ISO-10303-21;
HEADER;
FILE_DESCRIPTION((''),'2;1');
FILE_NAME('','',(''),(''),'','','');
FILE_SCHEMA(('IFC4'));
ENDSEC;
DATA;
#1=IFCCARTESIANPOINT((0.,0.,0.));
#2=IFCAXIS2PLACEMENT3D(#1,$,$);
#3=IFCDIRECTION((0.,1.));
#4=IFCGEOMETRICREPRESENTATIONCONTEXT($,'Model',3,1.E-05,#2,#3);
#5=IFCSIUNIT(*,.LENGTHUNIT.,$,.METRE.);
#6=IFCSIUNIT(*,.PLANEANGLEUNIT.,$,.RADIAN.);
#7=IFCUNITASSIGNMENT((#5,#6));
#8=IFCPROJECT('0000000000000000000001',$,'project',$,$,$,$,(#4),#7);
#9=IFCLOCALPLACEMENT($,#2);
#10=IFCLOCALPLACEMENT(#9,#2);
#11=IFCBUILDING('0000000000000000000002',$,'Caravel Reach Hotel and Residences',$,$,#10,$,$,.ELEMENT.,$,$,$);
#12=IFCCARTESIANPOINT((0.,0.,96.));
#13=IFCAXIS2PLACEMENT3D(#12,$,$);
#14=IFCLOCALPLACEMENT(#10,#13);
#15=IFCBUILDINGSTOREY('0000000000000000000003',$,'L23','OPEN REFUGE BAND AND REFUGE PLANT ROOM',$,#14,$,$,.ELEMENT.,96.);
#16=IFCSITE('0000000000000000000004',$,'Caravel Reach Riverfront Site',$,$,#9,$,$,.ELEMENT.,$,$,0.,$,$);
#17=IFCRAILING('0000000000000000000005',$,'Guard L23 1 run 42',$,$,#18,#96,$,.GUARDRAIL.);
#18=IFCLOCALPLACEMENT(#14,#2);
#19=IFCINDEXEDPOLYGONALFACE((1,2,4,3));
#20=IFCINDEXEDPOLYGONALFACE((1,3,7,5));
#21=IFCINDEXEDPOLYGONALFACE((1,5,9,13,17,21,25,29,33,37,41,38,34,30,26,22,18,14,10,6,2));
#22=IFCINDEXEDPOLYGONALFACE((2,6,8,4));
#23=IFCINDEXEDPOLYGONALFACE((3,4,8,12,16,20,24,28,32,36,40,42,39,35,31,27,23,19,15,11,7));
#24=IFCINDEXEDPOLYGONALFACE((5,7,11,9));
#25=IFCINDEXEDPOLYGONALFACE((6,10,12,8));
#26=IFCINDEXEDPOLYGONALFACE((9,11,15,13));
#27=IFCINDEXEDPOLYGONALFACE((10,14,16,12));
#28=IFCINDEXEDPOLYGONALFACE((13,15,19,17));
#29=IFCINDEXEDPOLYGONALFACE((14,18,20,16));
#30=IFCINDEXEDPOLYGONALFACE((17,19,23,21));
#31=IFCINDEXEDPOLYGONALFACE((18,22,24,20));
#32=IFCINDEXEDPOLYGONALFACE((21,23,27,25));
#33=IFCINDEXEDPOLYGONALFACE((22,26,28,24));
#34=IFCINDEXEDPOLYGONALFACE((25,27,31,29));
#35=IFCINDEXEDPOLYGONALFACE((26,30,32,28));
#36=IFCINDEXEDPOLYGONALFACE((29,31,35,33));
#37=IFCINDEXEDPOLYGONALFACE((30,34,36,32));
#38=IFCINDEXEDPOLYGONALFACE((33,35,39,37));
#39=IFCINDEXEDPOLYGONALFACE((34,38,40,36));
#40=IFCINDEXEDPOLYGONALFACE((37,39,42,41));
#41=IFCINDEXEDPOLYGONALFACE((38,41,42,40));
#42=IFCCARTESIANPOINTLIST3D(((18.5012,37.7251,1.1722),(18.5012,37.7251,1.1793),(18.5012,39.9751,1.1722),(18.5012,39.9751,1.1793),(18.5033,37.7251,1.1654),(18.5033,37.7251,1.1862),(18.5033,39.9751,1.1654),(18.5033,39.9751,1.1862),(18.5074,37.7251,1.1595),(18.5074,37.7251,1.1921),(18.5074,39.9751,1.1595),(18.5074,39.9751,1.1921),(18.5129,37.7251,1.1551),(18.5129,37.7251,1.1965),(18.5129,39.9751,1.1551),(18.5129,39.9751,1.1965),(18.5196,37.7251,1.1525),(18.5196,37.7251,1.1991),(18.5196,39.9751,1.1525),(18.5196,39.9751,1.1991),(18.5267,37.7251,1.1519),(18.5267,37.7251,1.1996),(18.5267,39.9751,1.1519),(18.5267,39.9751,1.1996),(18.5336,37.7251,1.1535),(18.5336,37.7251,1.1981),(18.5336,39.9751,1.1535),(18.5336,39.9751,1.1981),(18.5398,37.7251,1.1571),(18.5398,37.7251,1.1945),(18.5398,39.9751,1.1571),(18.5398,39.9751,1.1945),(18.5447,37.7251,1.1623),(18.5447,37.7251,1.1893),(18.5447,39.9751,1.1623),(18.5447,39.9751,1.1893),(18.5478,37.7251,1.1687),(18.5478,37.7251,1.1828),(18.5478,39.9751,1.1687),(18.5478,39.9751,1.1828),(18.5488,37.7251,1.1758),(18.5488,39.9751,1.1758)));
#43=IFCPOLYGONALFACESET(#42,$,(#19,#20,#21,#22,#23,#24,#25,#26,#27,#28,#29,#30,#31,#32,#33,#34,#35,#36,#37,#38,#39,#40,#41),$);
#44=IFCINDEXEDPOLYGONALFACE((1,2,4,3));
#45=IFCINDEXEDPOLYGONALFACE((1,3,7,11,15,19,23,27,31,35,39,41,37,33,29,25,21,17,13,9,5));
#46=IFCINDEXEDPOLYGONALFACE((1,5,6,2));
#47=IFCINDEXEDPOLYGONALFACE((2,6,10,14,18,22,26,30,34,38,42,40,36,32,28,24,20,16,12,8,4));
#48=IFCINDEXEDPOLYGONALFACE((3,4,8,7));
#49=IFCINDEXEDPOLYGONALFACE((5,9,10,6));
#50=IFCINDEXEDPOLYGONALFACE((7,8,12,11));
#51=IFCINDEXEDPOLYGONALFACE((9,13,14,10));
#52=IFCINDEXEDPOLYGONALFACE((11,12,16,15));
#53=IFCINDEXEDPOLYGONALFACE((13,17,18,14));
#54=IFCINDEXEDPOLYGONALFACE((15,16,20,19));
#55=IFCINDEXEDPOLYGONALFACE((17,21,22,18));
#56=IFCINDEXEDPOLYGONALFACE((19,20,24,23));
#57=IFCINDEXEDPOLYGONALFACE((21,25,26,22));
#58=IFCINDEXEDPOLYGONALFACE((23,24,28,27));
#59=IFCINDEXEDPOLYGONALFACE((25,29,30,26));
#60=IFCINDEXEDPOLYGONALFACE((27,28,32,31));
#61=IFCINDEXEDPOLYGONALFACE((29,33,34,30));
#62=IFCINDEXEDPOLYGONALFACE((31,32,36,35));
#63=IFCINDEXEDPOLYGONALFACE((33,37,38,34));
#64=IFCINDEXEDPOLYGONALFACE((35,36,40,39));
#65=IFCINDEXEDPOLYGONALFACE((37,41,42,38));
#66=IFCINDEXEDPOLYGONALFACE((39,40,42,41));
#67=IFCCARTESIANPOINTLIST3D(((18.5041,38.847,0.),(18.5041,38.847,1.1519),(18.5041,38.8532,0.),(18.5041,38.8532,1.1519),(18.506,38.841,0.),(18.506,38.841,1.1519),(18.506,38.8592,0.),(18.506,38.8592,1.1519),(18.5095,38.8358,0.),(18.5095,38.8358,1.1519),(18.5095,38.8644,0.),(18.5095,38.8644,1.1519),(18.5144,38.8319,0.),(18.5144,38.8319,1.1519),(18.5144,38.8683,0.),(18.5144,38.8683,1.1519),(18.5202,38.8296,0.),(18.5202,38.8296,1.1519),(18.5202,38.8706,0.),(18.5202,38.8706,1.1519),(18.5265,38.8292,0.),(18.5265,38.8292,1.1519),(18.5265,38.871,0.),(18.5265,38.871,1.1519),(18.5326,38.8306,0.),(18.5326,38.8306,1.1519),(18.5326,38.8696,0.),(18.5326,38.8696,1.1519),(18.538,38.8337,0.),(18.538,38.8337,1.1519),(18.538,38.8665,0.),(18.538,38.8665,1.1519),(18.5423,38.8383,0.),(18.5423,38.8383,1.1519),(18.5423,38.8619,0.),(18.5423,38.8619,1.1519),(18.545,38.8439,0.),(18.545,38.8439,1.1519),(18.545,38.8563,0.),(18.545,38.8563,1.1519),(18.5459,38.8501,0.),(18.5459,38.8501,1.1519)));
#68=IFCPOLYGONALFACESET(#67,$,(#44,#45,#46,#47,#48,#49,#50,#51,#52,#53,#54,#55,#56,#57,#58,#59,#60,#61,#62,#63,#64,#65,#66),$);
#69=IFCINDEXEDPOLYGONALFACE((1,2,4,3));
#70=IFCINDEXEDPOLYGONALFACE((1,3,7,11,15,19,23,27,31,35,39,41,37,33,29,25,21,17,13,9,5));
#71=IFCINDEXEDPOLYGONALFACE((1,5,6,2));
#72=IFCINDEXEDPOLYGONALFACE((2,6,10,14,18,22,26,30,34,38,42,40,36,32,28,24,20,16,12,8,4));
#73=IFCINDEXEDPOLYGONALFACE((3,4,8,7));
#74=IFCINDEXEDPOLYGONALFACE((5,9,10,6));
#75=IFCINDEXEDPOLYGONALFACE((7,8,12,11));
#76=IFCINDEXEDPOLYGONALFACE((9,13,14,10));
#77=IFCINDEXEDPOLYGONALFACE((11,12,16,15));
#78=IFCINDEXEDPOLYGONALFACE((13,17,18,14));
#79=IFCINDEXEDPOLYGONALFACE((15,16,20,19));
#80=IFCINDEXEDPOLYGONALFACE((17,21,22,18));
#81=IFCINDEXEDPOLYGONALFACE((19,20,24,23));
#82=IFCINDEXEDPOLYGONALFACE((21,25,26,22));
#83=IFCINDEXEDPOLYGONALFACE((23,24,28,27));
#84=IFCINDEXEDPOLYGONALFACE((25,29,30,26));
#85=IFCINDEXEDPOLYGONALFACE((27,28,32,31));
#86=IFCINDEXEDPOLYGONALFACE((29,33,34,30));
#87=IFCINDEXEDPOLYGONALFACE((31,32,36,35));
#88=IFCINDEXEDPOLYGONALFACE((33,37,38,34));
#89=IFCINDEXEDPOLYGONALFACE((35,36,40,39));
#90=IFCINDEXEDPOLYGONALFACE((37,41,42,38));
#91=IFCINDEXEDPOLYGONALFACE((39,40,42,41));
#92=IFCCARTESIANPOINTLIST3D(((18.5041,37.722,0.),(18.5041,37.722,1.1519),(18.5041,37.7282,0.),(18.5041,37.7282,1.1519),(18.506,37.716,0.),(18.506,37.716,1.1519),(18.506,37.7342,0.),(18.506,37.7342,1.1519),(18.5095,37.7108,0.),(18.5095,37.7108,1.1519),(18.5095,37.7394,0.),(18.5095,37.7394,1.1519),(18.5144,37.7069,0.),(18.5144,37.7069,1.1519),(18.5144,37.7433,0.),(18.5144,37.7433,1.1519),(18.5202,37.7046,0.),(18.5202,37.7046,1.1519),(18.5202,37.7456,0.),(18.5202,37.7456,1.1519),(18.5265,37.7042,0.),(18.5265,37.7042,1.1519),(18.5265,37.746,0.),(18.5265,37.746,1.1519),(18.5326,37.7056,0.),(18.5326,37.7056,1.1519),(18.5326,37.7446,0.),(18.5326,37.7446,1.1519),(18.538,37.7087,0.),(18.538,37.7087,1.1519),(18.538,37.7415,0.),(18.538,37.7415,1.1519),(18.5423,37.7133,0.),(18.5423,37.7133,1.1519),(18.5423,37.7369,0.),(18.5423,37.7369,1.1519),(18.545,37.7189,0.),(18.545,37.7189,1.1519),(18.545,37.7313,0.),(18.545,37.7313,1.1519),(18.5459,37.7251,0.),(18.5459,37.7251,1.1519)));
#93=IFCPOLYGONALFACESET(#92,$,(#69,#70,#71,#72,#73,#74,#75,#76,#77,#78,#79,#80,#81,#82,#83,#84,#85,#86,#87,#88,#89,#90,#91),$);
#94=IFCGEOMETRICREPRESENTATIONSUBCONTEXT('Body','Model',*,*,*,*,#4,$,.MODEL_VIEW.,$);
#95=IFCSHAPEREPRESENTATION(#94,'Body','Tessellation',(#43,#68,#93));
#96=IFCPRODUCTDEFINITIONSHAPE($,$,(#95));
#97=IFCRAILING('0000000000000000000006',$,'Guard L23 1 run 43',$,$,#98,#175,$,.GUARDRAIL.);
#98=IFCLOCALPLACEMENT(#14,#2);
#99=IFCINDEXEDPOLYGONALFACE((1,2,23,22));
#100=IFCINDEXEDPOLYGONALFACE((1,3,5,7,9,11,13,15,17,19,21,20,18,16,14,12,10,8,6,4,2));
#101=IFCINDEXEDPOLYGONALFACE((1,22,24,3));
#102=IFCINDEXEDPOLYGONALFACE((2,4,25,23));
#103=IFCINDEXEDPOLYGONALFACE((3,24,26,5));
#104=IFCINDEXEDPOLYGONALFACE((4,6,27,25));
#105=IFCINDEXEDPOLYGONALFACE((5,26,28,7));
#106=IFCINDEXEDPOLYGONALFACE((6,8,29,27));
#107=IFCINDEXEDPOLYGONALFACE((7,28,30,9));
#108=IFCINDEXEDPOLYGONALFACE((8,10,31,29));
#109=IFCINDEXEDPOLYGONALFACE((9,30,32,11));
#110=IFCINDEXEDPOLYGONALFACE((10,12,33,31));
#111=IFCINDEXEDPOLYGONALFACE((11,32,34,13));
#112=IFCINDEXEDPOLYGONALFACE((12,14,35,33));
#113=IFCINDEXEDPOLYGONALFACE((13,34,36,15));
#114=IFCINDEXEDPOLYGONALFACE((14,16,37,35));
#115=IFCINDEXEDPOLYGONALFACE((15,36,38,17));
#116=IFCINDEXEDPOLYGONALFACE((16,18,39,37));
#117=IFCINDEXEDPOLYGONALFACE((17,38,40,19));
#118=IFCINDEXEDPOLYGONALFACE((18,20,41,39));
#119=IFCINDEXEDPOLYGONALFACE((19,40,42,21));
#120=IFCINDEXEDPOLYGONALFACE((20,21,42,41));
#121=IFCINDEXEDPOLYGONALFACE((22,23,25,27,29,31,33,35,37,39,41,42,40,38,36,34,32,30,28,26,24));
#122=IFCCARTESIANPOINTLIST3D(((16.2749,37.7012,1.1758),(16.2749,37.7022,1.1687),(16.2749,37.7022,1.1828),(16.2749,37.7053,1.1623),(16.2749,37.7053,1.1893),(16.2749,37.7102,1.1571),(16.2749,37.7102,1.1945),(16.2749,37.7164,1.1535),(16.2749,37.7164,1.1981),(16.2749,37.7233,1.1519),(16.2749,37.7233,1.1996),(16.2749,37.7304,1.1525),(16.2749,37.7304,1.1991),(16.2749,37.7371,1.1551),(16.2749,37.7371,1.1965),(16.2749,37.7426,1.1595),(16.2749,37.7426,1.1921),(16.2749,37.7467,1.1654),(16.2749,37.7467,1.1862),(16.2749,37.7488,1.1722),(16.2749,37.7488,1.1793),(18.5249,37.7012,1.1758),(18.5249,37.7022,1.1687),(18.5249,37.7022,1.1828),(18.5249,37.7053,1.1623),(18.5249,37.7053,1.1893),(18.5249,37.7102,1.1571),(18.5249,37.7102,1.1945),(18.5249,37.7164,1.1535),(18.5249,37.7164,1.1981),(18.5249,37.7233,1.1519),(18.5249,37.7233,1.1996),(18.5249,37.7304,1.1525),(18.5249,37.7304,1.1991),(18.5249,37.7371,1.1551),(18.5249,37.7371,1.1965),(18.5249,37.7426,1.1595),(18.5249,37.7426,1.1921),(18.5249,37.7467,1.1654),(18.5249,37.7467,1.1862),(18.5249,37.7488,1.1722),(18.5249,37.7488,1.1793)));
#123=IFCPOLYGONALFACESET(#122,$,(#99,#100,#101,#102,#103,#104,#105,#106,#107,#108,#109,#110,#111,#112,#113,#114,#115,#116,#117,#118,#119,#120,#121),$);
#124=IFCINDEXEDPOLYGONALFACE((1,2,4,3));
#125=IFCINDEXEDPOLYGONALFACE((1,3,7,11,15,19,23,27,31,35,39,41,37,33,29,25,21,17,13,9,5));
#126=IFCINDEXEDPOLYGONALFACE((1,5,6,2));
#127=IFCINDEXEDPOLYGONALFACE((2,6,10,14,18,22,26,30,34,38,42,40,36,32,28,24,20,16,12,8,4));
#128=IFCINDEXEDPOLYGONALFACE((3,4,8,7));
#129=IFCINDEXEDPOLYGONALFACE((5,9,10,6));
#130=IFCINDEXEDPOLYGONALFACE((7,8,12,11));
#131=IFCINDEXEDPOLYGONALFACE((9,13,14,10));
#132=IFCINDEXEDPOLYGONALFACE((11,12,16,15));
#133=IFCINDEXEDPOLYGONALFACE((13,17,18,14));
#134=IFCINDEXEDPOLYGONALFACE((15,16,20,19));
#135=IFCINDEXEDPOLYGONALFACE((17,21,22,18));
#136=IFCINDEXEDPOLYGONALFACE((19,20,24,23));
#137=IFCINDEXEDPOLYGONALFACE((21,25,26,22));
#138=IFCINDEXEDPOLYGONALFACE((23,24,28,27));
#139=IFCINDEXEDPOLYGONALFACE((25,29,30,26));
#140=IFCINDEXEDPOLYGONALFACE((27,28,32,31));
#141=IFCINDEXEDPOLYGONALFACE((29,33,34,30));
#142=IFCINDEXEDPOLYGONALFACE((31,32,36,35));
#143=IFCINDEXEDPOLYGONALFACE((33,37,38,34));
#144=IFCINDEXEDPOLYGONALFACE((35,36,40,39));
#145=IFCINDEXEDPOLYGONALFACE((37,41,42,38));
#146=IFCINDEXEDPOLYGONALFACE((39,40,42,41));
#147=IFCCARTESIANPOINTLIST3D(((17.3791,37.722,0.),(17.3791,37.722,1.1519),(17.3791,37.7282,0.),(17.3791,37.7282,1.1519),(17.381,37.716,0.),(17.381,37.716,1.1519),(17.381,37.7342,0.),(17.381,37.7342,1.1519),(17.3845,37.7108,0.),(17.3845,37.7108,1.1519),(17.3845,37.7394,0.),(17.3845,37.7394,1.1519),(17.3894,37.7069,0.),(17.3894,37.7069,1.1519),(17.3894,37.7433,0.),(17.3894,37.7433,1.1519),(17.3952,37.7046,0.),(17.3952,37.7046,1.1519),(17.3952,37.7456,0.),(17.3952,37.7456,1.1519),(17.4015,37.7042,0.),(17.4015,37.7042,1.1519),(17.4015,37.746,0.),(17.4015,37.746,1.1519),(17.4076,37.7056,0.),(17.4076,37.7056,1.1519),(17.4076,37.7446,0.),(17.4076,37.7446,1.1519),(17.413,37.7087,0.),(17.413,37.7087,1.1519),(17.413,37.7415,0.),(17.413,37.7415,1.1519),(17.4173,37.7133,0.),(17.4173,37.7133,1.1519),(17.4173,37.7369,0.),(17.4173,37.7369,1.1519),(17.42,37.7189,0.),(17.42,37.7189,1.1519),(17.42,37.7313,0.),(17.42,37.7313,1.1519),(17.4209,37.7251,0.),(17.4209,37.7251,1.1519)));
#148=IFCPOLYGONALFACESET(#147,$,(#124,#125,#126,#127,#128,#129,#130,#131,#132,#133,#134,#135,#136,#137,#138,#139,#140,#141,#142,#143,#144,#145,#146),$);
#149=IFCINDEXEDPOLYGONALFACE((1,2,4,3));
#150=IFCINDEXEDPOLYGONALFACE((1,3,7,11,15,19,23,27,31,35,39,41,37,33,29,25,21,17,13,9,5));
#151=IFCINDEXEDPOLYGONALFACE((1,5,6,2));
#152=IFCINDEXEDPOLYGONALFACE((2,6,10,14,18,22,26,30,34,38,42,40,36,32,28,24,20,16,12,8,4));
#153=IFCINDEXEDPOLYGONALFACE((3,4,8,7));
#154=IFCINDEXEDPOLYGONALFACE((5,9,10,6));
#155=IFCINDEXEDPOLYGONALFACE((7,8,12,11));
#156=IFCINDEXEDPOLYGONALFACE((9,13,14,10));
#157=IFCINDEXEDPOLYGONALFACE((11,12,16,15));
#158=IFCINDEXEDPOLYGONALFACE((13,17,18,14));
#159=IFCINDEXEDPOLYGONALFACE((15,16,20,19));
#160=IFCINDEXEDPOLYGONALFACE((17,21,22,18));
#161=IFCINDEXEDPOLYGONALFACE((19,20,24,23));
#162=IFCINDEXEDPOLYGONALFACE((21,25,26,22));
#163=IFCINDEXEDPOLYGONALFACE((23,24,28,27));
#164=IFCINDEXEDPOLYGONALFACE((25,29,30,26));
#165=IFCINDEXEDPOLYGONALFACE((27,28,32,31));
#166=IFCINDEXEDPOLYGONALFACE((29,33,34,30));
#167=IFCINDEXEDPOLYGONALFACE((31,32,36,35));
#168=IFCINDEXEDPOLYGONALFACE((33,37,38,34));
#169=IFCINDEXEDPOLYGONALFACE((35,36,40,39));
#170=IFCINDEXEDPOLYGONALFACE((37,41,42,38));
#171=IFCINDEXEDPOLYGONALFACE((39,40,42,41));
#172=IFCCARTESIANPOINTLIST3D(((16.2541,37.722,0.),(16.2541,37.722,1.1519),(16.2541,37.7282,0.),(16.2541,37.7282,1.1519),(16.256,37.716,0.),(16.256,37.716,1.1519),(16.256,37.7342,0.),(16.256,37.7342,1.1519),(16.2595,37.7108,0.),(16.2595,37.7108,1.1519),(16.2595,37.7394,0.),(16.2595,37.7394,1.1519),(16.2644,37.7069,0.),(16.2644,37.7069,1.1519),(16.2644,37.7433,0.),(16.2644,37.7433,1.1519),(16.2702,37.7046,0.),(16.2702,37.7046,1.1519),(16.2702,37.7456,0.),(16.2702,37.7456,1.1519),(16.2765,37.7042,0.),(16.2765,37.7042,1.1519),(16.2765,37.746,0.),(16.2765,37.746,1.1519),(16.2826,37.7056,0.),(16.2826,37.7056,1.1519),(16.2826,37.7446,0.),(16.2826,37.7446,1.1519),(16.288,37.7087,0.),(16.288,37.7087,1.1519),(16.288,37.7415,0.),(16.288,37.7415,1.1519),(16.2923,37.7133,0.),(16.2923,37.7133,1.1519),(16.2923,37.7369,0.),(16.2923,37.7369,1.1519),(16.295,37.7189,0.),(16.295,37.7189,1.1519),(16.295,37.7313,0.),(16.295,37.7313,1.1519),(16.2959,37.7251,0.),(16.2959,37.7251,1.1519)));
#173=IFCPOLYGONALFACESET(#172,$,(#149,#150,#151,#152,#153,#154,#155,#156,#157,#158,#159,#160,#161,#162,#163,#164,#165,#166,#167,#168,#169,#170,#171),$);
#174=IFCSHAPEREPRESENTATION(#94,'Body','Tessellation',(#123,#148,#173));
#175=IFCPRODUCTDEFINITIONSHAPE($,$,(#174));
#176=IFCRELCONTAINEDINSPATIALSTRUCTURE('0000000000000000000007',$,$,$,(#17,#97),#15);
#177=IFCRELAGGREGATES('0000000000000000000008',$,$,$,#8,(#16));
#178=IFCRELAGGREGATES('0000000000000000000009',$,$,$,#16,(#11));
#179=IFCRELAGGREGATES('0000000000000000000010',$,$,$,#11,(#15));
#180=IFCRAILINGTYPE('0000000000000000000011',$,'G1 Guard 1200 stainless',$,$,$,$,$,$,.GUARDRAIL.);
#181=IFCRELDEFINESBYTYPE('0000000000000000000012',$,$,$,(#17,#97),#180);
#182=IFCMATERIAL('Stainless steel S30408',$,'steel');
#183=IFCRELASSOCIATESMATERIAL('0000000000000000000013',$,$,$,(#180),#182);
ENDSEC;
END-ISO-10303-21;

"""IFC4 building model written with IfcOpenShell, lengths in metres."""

from ifc_helpers import new_model, si_unit, direction, frame, origin, origin_2d, place, context, subcontext, project, spatial, circle, extrude, material, type_object, element, save


model = new_model("IFC4")

# Units and contexts
model_context = context("Model", 3, precision=1e-05, world=origin(), true_north=direction((0.0, 1.0)))
body_context = subcontext(model_context, "Body", "Model", "MODEL_VIEW")
ifc_project = project(units=[si_unit("LENGTHUNIT", "METRE"), si_unit("PLANEANGLEUNIT", "RADIAN")], contexts=[model_context])

# Site, building, storey
site_placement = place(None, origin())
site = spatial("IfcSite", under=ifc_project, at=site_placement, Name="Caravel Reach Riverfront Site", CompositionType="ELEMENT", RefElevation=0.0)
building_placement = place(site_placement, origin())
building = spatial("IfcBuilding", under=site, at=building_placement, Name="Caravel Reach Hotel and Residences", CompositionType="ELEMENT")
storey_placement = place(building_placement, frame((0.0, 0.0, 96.0)))
storey = spatial("IfcBuildingStorey", under=building, at=storey_placement, Name="L23", Description="OPEN REFUGE BAND AND REFUGE PLANT ROOM", CompositionType="ELEMENT", Elevation=96.0)

# Railings
ifc_material_1 = material(Name="Stainless steel S30408", Category="steel")
railing_type = type_object("IfcRailingType", Name="G1 Guard 1200 stainless", PredefinedType="GUARDRAIL", material=ifc_material_1)
railing_1_placement = place(storey_placement, frame((18.5249, 39.9751, 0.0)))
element("IfcRailing", 1, at=railing_1_placement, inside=storey, type_object=railing_type, Name="Guard L23 1 run 42", PredefinedType="GUARDRAIL", context=body_context, shape_type="SweptSolid", body=[
    extrude(circle(Radius=0.0239, at=origin_2d()), frame((0.0, 0.0, 1.1758), z_axis=(0.0, -1.0, 0.0), x_axis=(1.0, 0.0, 0.0)), (0.0, 0.0, 1.0), 2.25),
    extrude(circle(Radius=0.021, at=origin_2d()), frame((0.0, -1.125, 0.0)), (0.0, 0.0, 1.0), 1.1519),
    extrude(circle(Radius=0.021, at=origin_2d()), frame((0.0, -2.25, 0.0)), (0.0, 0.0, 1.0), 1.1519),
])
railing_2_placement = place(storey_placement, frame((18.5249, 37.7251, 0.0)))
element("IfcRailing", 2, at=railing_2_placement, inside=storey, type_object=railing_type, Name="Guard L23 1 run 43", PredefinedType="GUARDRAIL", context=body_context, shape_type="SweptSolid", body=[
    extrude(circle(Radius=0.0239, at=origin_2d()), frame((0.0, 0.0, 1.1758), z_axis=(-1.0, 0.0, 0.0), x_axis=(0.0, -1.0, 0.0)), (0.0, 0.0, 1.0), 2.25),
    extrude(circle(Radius=0.021, at=origin_2d()), frame((-1.125, 0.0, 0.0)), (0.0, 0.0, 1.0), 1.1519),
    extrude(circle(Radius=0.021, at=origin_2d()), frame((-2.25, 0.0, 0.0)), (0.0, 0.0, 1.0), 1.1519),
])

save(model, "model.ifc")
